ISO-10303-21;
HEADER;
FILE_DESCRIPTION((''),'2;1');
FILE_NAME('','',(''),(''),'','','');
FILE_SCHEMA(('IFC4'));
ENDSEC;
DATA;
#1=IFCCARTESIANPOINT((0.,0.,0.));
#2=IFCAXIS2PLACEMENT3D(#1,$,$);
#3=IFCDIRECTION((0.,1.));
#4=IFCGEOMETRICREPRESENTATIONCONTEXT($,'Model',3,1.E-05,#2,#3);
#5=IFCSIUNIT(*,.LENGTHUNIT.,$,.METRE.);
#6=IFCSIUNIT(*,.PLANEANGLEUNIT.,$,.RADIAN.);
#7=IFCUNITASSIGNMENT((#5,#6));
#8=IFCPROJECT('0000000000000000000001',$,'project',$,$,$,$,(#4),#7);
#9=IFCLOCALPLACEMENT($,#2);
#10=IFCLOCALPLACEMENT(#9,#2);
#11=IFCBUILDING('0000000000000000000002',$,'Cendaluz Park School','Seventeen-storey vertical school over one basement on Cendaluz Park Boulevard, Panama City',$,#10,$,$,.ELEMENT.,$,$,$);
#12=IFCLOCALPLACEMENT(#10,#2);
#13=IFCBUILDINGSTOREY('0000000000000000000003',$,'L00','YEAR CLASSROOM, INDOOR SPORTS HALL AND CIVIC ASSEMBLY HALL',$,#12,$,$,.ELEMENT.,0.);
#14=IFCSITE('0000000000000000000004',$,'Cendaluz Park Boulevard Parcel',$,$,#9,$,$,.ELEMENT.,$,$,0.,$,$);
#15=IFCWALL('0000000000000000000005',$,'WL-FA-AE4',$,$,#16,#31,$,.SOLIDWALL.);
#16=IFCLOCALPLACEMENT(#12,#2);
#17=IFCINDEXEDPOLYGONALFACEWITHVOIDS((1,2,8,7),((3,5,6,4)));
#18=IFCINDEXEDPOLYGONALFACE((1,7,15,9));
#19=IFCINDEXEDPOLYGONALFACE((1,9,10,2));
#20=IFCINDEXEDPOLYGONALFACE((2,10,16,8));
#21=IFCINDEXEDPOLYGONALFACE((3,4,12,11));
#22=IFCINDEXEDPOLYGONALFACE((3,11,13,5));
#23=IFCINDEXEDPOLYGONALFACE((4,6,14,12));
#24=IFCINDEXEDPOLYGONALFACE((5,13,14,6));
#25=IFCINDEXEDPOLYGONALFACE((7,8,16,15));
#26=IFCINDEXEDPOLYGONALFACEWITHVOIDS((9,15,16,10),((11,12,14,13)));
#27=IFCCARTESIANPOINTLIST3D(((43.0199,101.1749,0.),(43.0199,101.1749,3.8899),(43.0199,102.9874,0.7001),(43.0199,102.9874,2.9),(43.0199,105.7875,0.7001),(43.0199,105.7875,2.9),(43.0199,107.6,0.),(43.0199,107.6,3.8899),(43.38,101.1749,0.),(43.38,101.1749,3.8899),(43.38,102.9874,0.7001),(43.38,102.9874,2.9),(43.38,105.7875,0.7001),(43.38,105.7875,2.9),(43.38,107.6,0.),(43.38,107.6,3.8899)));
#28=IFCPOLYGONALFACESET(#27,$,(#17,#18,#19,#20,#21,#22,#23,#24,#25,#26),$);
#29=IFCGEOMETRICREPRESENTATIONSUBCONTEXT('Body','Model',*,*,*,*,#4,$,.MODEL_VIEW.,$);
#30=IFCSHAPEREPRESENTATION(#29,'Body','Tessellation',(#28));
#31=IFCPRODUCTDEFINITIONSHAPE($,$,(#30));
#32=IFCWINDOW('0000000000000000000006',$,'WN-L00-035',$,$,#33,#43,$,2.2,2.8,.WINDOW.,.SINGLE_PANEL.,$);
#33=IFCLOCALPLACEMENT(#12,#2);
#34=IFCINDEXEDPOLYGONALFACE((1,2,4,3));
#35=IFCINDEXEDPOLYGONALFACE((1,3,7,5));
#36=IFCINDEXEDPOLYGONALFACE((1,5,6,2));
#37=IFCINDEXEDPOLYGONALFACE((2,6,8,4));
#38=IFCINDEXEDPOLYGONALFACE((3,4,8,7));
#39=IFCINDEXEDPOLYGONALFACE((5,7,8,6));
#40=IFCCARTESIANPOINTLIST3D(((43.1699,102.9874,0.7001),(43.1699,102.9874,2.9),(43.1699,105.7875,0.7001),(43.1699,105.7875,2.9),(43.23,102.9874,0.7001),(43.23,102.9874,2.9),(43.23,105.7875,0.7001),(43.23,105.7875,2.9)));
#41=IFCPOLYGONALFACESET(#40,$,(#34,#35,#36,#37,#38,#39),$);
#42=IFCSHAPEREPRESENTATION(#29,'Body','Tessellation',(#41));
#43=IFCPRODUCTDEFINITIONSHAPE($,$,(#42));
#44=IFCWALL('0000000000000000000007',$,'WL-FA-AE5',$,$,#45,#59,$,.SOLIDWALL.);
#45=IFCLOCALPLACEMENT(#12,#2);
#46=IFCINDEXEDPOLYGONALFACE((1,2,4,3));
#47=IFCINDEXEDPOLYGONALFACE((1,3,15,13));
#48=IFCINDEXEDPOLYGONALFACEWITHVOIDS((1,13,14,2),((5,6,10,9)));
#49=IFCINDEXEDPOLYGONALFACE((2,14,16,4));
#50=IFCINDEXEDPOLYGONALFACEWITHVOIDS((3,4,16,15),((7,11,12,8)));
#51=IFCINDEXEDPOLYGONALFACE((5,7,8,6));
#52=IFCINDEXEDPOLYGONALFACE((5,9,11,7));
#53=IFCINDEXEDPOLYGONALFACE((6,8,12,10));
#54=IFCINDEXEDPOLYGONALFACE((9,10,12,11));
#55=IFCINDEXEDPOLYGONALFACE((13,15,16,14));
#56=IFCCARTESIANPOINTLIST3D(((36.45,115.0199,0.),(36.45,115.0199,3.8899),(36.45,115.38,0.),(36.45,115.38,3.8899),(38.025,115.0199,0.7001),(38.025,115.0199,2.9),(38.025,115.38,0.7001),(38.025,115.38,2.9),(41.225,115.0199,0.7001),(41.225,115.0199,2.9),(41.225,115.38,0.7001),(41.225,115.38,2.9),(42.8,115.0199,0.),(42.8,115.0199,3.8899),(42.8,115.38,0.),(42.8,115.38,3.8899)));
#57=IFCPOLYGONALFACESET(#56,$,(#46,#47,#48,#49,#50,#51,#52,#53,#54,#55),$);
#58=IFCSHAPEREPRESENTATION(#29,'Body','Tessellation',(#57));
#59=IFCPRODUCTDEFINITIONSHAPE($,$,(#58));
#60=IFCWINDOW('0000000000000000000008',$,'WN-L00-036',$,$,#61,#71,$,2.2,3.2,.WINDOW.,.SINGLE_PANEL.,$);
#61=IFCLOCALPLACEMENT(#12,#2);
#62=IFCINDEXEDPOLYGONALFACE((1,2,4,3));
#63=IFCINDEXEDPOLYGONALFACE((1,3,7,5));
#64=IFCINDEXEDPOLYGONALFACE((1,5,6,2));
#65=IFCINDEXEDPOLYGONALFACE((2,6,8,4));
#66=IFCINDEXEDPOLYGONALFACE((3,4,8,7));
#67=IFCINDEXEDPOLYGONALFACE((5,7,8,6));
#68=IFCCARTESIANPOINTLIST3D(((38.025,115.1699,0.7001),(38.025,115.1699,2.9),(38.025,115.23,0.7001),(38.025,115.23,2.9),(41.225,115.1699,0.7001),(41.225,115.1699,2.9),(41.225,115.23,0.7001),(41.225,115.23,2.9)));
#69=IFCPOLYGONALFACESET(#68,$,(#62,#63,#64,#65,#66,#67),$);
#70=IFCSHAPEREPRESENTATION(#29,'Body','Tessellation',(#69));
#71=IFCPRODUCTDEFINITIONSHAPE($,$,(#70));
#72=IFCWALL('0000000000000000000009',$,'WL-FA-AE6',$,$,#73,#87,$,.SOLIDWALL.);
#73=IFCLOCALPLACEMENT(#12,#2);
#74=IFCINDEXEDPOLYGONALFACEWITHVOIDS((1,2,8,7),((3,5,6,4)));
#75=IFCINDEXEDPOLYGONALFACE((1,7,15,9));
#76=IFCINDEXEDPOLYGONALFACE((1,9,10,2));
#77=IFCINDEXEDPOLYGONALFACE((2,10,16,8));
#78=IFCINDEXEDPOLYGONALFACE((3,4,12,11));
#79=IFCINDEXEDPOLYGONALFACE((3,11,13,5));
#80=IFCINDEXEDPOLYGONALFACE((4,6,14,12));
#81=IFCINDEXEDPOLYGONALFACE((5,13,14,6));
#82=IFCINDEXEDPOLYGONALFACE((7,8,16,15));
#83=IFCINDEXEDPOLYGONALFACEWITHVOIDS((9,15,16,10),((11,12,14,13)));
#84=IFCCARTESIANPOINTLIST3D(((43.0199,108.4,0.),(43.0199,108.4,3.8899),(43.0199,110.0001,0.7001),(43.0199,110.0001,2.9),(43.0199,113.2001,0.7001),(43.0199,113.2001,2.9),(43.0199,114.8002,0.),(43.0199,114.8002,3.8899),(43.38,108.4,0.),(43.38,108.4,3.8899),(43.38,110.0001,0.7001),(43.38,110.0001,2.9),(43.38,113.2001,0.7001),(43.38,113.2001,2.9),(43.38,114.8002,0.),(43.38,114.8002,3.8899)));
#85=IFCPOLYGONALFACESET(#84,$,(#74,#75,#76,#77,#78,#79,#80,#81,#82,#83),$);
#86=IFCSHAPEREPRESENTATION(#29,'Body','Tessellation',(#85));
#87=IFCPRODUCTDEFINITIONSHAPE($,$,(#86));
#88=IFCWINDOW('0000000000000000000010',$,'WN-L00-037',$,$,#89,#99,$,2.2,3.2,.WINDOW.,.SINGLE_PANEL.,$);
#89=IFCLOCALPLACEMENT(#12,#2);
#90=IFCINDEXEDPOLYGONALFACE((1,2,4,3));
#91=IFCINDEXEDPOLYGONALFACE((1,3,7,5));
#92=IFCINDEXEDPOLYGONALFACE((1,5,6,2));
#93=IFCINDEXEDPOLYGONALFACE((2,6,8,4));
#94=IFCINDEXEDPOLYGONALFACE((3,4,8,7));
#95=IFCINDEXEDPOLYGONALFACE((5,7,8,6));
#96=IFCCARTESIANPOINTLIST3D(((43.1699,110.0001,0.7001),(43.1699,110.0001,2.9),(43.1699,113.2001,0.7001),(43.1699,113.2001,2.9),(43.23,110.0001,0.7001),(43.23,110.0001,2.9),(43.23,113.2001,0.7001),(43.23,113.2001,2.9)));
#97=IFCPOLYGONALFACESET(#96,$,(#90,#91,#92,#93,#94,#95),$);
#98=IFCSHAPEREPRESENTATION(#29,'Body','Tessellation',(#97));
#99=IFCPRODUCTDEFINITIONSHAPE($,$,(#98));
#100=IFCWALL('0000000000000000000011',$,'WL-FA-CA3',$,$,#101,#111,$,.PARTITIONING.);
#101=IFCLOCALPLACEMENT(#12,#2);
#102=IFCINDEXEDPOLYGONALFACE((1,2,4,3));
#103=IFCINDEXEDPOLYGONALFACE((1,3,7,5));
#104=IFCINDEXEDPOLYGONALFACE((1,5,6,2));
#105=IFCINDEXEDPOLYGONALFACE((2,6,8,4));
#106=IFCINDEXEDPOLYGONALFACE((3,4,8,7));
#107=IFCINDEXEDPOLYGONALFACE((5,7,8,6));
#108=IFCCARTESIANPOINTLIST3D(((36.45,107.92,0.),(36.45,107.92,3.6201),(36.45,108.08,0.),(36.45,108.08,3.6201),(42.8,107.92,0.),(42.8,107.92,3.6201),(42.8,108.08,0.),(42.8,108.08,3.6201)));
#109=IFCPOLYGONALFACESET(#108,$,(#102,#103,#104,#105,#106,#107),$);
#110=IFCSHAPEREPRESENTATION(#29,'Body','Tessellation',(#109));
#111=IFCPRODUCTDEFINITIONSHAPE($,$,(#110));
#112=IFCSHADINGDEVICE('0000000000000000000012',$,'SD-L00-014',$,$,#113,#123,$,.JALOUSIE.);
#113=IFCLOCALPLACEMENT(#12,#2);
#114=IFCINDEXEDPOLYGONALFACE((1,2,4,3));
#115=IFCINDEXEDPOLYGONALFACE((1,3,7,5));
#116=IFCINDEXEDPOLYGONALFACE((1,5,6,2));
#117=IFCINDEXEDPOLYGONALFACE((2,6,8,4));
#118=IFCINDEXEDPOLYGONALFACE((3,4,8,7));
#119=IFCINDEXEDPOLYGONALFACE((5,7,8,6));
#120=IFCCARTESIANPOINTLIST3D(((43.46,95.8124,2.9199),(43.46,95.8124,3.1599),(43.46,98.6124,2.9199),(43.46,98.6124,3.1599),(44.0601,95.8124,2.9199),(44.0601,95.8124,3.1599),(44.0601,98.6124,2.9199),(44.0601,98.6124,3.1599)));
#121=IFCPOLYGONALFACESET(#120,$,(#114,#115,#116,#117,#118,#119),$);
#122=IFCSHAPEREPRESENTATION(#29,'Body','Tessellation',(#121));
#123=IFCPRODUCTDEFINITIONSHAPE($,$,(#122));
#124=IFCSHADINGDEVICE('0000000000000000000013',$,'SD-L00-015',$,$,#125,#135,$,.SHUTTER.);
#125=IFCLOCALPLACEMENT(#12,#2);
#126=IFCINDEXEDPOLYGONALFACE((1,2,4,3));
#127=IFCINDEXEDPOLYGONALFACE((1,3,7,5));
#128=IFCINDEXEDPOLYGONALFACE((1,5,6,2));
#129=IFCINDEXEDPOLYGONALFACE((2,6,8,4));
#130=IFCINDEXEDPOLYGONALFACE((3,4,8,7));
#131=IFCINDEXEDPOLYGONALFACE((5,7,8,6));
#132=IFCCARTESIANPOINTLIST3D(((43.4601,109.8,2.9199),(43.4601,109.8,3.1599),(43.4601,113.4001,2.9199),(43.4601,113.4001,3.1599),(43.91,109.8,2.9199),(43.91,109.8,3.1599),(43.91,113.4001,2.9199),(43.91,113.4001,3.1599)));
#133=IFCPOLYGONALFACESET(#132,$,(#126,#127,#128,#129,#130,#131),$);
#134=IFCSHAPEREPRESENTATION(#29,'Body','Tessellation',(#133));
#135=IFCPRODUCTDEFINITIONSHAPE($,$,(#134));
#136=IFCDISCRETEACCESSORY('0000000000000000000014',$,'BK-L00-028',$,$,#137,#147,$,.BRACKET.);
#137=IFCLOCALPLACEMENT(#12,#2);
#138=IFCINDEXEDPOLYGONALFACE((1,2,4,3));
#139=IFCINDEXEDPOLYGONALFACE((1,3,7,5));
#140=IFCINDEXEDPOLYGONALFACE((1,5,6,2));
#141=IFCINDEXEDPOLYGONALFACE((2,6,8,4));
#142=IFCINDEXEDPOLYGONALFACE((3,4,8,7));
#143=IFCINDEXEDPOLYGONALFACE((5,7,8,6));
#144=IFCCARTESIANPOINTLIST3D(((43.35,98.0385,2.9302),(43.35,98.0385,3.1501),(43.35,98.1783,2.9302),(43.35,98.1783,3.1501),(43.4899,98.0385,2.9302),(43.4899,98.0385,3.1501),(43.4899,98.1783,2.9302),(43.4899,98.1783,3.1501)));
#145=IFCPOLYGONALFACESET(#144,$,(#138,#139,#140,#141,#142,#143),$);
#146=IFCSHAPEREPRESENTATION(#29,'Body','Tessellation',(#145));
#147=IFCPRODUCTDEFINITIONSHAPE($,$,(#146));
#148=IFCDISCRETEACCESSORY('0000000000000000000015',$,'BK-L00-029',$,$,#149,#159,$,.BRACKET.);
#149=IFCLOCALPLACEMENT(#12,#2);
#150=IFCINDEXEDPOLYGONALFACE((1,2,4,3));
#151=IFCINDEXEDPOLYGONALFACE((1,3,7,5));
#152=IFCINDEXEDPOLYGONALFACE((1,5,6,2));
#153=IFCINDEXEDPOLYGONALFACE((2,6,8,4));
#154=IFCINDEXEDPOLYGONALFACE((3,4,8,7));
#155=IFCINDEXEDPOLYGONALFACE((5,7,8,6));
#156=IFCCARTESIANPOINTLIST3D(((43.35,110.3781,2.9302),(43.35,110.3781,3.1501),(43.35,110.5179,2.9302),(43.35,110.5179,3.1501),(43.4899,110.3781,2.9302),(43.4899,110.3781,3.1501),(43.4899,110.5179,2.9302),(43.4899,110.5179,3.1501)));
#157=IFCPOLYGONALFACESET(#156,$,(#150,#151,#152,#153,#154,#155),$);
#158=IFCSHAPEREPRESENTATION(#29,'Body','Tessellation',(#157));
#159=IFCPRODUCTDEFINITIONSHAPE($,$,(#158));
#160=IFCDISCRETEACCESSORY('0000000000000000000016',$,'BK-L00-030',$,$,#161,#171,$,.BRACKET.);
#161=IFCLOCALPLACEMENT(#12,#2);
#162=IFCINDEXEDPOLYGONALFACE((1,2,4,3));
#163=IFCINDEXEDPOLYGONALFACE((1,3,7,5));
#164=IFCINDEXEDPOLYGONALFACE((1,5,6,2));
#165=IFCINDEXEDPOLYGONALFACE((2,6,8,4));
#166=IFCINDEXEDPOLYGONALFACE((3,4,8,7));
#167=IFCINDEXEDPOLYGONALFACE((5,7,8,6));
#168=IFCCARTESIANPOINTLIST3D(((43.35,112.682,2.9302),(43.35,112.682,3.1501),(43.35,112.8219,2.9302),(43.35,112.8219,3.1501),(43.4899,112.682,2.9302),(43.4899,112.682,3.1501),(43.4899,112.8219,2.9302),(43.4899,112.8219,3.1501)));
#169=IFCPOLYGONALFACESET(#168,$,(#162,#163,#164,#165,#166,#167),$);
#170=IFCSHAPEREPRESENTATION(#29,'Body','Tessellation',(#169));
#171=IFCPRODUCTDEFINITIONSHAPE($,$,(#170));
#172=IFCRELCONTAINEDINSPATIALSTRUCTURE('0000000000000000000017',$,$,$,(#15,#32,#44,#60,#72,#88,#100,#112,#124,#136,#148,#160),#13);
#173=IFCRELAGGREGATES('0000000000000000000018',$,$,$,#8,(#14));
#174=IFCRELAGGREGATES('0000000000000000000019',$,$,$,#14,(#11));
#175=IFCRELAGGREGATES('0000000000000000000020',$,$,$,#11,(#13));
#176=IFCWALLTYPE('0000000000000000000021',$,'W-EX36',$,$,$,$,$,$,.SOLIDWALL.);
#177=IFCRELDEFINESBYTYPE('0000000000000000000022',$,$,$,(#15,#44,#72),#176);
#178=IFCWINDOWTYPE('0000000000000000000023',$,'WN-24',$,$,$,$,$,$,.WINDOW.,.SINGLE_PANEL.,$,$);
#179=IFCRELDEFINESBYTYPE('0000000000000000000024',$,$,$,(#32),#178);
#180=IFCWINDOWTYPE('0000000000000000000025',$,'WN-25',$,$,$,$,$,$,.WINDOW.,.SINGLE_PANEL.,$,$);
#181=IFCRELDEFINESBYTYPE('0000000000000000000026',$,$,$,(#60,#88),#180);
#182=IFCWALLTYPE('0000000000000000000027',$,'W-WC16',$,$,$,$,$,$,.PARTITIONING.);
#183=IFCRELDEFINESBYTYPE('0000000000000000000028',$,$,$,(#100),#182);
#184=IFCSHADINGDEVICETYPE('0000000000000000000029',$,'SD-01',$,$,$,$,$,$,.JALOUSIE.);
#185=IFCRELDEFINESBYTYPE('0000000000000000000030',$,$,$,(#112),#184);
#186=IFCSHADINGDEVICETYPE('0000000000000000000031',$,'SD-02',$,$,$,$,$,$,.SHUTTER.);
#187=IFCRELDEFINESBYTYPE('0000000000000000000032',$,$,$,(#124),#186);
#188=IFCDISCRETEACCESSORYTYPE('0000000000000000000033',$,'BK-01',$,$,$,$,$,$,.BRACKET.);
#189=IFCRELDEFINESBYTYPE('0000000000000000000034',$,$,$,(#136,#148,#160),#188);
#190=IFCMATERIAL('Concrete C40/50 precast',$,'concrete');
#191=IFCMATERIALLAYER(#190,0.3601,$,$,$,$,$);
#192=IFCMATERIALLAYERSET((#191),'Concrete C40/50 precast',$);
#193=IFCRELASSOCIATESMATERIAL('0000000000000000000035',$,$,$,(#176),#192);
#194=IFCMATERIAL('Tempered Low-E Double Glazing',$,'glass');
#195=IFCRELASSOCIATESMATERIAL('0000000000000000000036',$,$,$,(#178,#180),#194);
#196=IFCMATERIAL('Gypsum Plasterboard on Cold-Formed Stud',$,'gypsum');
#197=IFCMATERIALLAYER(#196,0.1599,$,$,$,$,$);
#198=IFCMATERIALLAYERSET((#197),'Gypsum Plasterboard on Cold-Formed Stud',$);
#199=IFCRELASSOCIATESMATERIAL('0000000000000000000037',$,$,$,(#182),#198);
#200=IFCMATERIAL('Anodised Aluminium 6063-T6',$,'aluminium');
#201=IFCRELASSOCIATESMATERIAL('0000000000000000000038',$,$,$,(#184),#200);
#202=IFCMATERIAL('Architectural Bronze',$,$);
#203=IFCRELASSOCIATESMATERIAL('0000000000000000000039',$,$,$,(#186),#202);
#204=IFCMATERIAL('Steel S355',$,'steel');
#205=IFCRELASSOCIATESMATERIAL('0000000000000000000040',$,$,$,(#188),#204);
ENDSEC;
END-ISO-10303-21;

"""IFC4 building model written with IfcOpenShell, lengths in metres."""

from ifc_helpers import new_model, si_unit, direction, frame, frame_2d, origin, origin_2d, place, context, subcontext, project, spatial, rectangle, extrude, material, layer, layer_set, type_object, element, fill, save


model = new_model("IFC4")

# Units and contexts
model_context = context("Model", 3, precision=1e-05, world=origin(), true_north=direction((0.0, 1.0)))
body_context = subcontext(model_context, "Body", "Model", "MODEL_VIEW")
ifc_project = project(units=[si_unit("LENGTHUNIT", "METRE"), si_unit("PLANEANGLEUNIT", "RADIAN")], contexts=[model_context])

# Site, building, storey
site_placement = place(None, origin())
site = spatial("IfcSite", under=ifc_project, at=site_placement, Name="Cendaluz Park Boulevard Parcel", CompositionType="ELEMENT", RefElevation=0.0)
building_placement = place(site_placement, origin())
building = spatial("IfcBuilding", under=site, at=building_placement, Name="Cendaluz Park School", Description="Seventeen-storey vertical school over one basement on Cendaluz Park Boulevard, Panama City", CompositionType="ELEMENT")
storey_placement = place(building_placement, origin())
storey = spatial("IfcBuildingStorey", under=building, at=storey_placement, Name="L00", Description="YEAR CLASSROOM, INDOOR SPORTS HALL AND CIVIC ASSEMBLY HALL", CompositionType="ELEMENT", Elevation=0.0)

# Walls, openings, windows
ifc_material_1 = material(Name="Concrete C40/50 precast", Category="concrete")
ifc_layer_1 = layer(ifc_material_1, 0.3601)
ifc_layer_set_1 = layer_set([ifc_layer_1], Name="Concrete C40/50 precast")
wall_type_1 = type_object("IfcWallType", Name="W-EX36", PredefinedType="SOLIDWALL", material=ifc_layer_set_1)
wall_1_placement = place(storey_placement, frame((43.2, 101.175, 0.0), z_axis=(0.0, 0.0, 1.0), x_axis=(0.0, 1.0, 0.0)))
wall_1 = element("IfcWall", 1, at=wall_1_placement, inside=storey, type_object=wall_type_1, Name="WL-FA-AE4", PredefinedType="SOLIDWALL", context=body_context, shape_type="SweptSolid", body=[
    extrude(rectangle(XDim=6.425, YDim=0.3601, at=frame_2d((3.2124, 0.0))), origin(), (0.0, 0.0, 1.0), 3.8899),
])
opening_1_placement = place(wall_1_placement, frame((1.8125, 0.0, 0.7)))
opening_1 = element("IfcOpeningElement", 2, at=opening_1_placement, cuts=wall_1, PredefinedType="OPENING", context=body_context, shape_type="SweptSolid", body=[
    extrude(rectangle(XDim=2.8, YDim=2.2, at=frame_2d((1.3999, 1.1001))), frame((0.0, 0.1921, 0.0), z_axis=(0.0, -1.0, 0.0), x_axis=(1.0, 0.0, 0.0)), (0.0, 0.0, 1.0), 0.384),
])
ifc_material_2 = material(Name="Tempered Low-E Double Glazing", Category="glass")
window_type_1 = type_object("IfcWindowType", Name="WN-24", PartitioningType="SINGLE_PANEL", PredefinedType="WINDOW", material=ifc_material_2)
window_1_placement = place(opening_1_placement, origin())
window_1 = element("IfcWindow", 3, at=window_1_placement, inside=storey, type_object=window_type_1, Name="WN-L00-035", OverallHeight=2.2, OverallWidth=2.8, PartitioningType="SINGLE_PANEL", PredefinedType="WINDOW", context=body_context, shape_type="SweptSolid", body=[
    extrude(rectangle(XDim=2.8, YDim=2.2, at=frame_2d((1.3999, 1.1001))), frame((0.0, 0.03, 0.0), z_axis=(0.0, -1.0, 0.0), x_axis=(1.0, 0.0, 0.0)), (0.0, 0.0, 1.0), 0.0601),
])
fill(opening_1, window_1)
wall_2_placement = place(storey_placement, frame((36.45, 115.2, 0.0), z_axis=(0.0, 0.0, 1.0), x_axis=(1.0, 0.0, 0.0)))
wall_2 = element("IfcWall", 4, at=wall_2_placement, inside=storey, type_object=wall_type_1, Name="WL-FA-AE5", PredefinedType="SOLIDWALL", context=body_context, shape_type="SweptSolid", body=[
    extrude(rectangle(XDim=6.3501, YDim=0.3601, at=frame_2d((3.175, 0.0))), origin(), (0.0, 0.0, 1.0), 3.8899),
])
opening_2_placement = place(wall_2_placement, frame((1.575, 0.0, 0.7)))
opening_2 = element("IfcOpeningElement", 5, at=opening_2_placement, cuts=wall_2, PredefinedType="OPENING", context=body_context, shape_type="SweptSolid", body=[
    extrude(rectangle(XDim=3.2, YDim=2.2, at=frame_2d((1.6001, 1.1001))), frame((0.0, 0.1921, 0.0), z_axis=(0.0, -1.0, 0.0), x_axis=(1.0, 0.0, 0.0)), (0.0, 0.0, 1.0), 0.384),
])
window_type_2 = type_object("IfcWindowType", Name="WN-25", PartitioningType="SINGLE_PANEL", PredefinedType="WINDOW", material=ifc_material_2)
window_2_placement = place(opening_2_placement, origin())
window_2 = element("IfcWindow", 6, at=window_2_placement, inside=storey, type_object=window_type_2, Name="WN-L00-036", OverallHeight=2.2, OverallWidth=3.2, PartitioningType="SINGLE_PANEL", PredefinedType="WINDOW", context=body_context, shape_type="SweptSolid", body=[
    extrude(rectangle(XDim=3.2, YDim=2.2, at=frame_2d((1.6001, 1.1001))), frame((0.0, 0.03, 0.0), z_axis=(0.0, -1.0, 0.0), x_axis=(1.0, 0.0, 0.0)), (0.0, 0.0, 1.0), 0.0601),
])
fill(opening_2, window_2)
wall_3_placement = place(storey_placement, frame((43.2, 108.3999, 0.0), z_axis=(0.0, 0.0, 1.0), x_axis=(0.0, 1.0, 0.0)))
wall_3 = element("IfcWall", 7, at=wall_3_placement, inside=storey, type_object=wall_type_1, Name="WL-FA-AE6", PredefinedType="SOLIDWALL", context=body_context, shape_type="SweptSolid", body=[
    extrude(rectangle(XDim=6.4001, YDim=0.3601, at=frame_2d((3.2002, 0.0))), origin(), (0.0, 0.0, 1.0), 3.8899),
])
opening_3_placement = place(wall_3_placement, frame((1.6001, 0.0, 0.7)))
opening_3 = element("IfcOpeningElement", 8, at=opening_3_placement, cuts=wall_3, PredefinedType="OPENING", context=body_context, shape_type="SweptSolid", body=[
    extrude(rectangle(XDim=3.2, YDim=2.2, at=frame_2d((1.6001, 1.1001))), frame((0.0, 0.1921, 0.0), z_axis=(0.0, -1.0, 0.0), x_axis=(1.0, 0.0, 0.0)), (0.0, 0.0, 1.0), 0.384),
])
window_3_placement = place(opening_3_placement, origin())
window_3 = element("IfcWindow", 9, at=window_3_placement, inside=storey, type_object=window_type_2, Name="WN-L00-037", OverallHeight=2.2, OverallWidth=3.2, PartitioningType="SINGLE_PANEL", PredefinedType="WINDOW", context=body_context, shape_type="SweptSolid", body=[
    extrude(rectangle(XDim=3.2, YDim=2.2, at=frame_2d((1.6001, 1.1001))), frame((0.0, 0.03, 0.0), z_axis=(0.0, -1.0, 0.0), x_axis=(1.0, 0.0, 0.0)), (0.0, 0.0, 1.0), 0.0601),
])
fill(opening_3, window_3)

# Wall
ifc_material_3 = material(Name="Gypsum Plasterboard on Cold-Formed Stud", Category="gypsum")
ifc_layer_2 = layer(ifc_material_3, 0.1599)
ifc_layer_set_2 = layer_set([ifc_layer_2], Name="Gypsum Plasterboard on Cold-Formed Stud")
wall_type_2 = type_object("IfcWallType", Name="W-WC16", PredefinedType="PARTITIONING", material=ifc_layer_set_2)
wall_4_placement = place(storey_placement, frame((36.45, 108.0, 0.0), z_axis=(0.0, 0.0, 1.0), x_axis=(1.0, 0.0, 0.0)))
element("IfcWall", 10, at=wall_4_placement, inside=storey, type_object=wall_type_2, Name="WL-FA-CA3", PredefinedType="PARTITIONING", context=body_context, shape_type="SweptSolid", body=[
    extrude(rectangle(XDim=6.3501, YDim=0.1599, at=frame_2d((3.175, 0.0))), origin(), (0.0, 0.0, 1.0), 3.6201),
])

# Shading devices
ifc_material_4 = material(Name="Anodised Aluminium 6063-T6", Category="aluminium")
shading_device_type_1 = type_object("IfcShadingDeviceType", Name="SD-01", PredefinedType="JALOUSIE", material=ifc_material_4)
shading_device_1_placement = place(storey_placement, frame((43.76, 97.2124, 2.9199), z_axis=(0.0, 0.0, 1.0), x_axis=(0.0, 1.0, 0.0)))
element("IfcShadingDevice", 11, at=shading_device_1_placement, inside=storey, type_object=shading_device_type_1, Name="SD-L00-014", PredefinedType="JALOUSIE", context=body_context, shape_type="SweptSolid", body=[
    extrude(rectangle(XDim=2.8, YDim=0.6001, at=origin_2d()), origin(), (0.0, 0.0, 1.0), 0.24),
])
ifc_material_5 = material(Name="Architectural Bronze")
shading_device_type_2 = type_object("IfcShadingDeviceType", Name="SD-02", PredefinedType="SHUTTER", material=ifc_material_5)
shading_device_2_placement = place(storey_placement, frame((43.6851, 111.6001, 2.9199), z_axis=(0.0, 0.0, 1.0), x_axis=(0.0, 1.0, 0.0)))
element("IfcShadingDevice", 12, at=shading_device_2_placement, inside=storey, type_object=shading_device_type_2, Name="SD-L00-015", PredefinedType="SHUTTER", context=body_context, shape_type="SweptSolid", body=[
    extrude(rectangle(XDim=3.6001, YDim=0.45, at=origin_2d()), origin(), (0.0, 0.0, 1.0), 0.24),
])

# Discrete accessories
ifc_material_6 = material(Name="Steel S355", Category="steel")
discrete_accessory_type = type_object("IfcDiscreteAccessoryType", Name="BK-01", PredefinedType="BRACKET", material=ifc_material_6)
for number, where, z_axis, x_axis, name in (
    (13, (43.4199, 98.1084, 2.9302), (0.0, 0.0, 1.0), (0.0, 1.0, 0.0), "BK-L00-028"),
    (14, (43.4199, 110.448, 2.9302), (0.0, 0.0, 1.0), (0.0, 1.0, 0.0), "BK-L00-029"),
    (15, (43.4199, 112.752, 2.9302), (0.0, 0.0, 1.0), (0.0, 1.0, 0.0), "BK-L00-030"),
):
    element("IfcDiscreteAccessory", number, at=place(storey_placement, frame(where, z_axis=z_axis, x_axis=x_axis)), inside=storey, type_object=discrete_accessory_type, Name=name, PredefinedType="BRACKET", context=body_context, shape_type="SweptSolid", body=[
        extrude(rectangle(XDim=0.1399, YDim=0.1399, at=origin_2d()), origin(), (0.0, 0.0, 1.0), 0.22),
    ])

save(model, "model.ifc")
